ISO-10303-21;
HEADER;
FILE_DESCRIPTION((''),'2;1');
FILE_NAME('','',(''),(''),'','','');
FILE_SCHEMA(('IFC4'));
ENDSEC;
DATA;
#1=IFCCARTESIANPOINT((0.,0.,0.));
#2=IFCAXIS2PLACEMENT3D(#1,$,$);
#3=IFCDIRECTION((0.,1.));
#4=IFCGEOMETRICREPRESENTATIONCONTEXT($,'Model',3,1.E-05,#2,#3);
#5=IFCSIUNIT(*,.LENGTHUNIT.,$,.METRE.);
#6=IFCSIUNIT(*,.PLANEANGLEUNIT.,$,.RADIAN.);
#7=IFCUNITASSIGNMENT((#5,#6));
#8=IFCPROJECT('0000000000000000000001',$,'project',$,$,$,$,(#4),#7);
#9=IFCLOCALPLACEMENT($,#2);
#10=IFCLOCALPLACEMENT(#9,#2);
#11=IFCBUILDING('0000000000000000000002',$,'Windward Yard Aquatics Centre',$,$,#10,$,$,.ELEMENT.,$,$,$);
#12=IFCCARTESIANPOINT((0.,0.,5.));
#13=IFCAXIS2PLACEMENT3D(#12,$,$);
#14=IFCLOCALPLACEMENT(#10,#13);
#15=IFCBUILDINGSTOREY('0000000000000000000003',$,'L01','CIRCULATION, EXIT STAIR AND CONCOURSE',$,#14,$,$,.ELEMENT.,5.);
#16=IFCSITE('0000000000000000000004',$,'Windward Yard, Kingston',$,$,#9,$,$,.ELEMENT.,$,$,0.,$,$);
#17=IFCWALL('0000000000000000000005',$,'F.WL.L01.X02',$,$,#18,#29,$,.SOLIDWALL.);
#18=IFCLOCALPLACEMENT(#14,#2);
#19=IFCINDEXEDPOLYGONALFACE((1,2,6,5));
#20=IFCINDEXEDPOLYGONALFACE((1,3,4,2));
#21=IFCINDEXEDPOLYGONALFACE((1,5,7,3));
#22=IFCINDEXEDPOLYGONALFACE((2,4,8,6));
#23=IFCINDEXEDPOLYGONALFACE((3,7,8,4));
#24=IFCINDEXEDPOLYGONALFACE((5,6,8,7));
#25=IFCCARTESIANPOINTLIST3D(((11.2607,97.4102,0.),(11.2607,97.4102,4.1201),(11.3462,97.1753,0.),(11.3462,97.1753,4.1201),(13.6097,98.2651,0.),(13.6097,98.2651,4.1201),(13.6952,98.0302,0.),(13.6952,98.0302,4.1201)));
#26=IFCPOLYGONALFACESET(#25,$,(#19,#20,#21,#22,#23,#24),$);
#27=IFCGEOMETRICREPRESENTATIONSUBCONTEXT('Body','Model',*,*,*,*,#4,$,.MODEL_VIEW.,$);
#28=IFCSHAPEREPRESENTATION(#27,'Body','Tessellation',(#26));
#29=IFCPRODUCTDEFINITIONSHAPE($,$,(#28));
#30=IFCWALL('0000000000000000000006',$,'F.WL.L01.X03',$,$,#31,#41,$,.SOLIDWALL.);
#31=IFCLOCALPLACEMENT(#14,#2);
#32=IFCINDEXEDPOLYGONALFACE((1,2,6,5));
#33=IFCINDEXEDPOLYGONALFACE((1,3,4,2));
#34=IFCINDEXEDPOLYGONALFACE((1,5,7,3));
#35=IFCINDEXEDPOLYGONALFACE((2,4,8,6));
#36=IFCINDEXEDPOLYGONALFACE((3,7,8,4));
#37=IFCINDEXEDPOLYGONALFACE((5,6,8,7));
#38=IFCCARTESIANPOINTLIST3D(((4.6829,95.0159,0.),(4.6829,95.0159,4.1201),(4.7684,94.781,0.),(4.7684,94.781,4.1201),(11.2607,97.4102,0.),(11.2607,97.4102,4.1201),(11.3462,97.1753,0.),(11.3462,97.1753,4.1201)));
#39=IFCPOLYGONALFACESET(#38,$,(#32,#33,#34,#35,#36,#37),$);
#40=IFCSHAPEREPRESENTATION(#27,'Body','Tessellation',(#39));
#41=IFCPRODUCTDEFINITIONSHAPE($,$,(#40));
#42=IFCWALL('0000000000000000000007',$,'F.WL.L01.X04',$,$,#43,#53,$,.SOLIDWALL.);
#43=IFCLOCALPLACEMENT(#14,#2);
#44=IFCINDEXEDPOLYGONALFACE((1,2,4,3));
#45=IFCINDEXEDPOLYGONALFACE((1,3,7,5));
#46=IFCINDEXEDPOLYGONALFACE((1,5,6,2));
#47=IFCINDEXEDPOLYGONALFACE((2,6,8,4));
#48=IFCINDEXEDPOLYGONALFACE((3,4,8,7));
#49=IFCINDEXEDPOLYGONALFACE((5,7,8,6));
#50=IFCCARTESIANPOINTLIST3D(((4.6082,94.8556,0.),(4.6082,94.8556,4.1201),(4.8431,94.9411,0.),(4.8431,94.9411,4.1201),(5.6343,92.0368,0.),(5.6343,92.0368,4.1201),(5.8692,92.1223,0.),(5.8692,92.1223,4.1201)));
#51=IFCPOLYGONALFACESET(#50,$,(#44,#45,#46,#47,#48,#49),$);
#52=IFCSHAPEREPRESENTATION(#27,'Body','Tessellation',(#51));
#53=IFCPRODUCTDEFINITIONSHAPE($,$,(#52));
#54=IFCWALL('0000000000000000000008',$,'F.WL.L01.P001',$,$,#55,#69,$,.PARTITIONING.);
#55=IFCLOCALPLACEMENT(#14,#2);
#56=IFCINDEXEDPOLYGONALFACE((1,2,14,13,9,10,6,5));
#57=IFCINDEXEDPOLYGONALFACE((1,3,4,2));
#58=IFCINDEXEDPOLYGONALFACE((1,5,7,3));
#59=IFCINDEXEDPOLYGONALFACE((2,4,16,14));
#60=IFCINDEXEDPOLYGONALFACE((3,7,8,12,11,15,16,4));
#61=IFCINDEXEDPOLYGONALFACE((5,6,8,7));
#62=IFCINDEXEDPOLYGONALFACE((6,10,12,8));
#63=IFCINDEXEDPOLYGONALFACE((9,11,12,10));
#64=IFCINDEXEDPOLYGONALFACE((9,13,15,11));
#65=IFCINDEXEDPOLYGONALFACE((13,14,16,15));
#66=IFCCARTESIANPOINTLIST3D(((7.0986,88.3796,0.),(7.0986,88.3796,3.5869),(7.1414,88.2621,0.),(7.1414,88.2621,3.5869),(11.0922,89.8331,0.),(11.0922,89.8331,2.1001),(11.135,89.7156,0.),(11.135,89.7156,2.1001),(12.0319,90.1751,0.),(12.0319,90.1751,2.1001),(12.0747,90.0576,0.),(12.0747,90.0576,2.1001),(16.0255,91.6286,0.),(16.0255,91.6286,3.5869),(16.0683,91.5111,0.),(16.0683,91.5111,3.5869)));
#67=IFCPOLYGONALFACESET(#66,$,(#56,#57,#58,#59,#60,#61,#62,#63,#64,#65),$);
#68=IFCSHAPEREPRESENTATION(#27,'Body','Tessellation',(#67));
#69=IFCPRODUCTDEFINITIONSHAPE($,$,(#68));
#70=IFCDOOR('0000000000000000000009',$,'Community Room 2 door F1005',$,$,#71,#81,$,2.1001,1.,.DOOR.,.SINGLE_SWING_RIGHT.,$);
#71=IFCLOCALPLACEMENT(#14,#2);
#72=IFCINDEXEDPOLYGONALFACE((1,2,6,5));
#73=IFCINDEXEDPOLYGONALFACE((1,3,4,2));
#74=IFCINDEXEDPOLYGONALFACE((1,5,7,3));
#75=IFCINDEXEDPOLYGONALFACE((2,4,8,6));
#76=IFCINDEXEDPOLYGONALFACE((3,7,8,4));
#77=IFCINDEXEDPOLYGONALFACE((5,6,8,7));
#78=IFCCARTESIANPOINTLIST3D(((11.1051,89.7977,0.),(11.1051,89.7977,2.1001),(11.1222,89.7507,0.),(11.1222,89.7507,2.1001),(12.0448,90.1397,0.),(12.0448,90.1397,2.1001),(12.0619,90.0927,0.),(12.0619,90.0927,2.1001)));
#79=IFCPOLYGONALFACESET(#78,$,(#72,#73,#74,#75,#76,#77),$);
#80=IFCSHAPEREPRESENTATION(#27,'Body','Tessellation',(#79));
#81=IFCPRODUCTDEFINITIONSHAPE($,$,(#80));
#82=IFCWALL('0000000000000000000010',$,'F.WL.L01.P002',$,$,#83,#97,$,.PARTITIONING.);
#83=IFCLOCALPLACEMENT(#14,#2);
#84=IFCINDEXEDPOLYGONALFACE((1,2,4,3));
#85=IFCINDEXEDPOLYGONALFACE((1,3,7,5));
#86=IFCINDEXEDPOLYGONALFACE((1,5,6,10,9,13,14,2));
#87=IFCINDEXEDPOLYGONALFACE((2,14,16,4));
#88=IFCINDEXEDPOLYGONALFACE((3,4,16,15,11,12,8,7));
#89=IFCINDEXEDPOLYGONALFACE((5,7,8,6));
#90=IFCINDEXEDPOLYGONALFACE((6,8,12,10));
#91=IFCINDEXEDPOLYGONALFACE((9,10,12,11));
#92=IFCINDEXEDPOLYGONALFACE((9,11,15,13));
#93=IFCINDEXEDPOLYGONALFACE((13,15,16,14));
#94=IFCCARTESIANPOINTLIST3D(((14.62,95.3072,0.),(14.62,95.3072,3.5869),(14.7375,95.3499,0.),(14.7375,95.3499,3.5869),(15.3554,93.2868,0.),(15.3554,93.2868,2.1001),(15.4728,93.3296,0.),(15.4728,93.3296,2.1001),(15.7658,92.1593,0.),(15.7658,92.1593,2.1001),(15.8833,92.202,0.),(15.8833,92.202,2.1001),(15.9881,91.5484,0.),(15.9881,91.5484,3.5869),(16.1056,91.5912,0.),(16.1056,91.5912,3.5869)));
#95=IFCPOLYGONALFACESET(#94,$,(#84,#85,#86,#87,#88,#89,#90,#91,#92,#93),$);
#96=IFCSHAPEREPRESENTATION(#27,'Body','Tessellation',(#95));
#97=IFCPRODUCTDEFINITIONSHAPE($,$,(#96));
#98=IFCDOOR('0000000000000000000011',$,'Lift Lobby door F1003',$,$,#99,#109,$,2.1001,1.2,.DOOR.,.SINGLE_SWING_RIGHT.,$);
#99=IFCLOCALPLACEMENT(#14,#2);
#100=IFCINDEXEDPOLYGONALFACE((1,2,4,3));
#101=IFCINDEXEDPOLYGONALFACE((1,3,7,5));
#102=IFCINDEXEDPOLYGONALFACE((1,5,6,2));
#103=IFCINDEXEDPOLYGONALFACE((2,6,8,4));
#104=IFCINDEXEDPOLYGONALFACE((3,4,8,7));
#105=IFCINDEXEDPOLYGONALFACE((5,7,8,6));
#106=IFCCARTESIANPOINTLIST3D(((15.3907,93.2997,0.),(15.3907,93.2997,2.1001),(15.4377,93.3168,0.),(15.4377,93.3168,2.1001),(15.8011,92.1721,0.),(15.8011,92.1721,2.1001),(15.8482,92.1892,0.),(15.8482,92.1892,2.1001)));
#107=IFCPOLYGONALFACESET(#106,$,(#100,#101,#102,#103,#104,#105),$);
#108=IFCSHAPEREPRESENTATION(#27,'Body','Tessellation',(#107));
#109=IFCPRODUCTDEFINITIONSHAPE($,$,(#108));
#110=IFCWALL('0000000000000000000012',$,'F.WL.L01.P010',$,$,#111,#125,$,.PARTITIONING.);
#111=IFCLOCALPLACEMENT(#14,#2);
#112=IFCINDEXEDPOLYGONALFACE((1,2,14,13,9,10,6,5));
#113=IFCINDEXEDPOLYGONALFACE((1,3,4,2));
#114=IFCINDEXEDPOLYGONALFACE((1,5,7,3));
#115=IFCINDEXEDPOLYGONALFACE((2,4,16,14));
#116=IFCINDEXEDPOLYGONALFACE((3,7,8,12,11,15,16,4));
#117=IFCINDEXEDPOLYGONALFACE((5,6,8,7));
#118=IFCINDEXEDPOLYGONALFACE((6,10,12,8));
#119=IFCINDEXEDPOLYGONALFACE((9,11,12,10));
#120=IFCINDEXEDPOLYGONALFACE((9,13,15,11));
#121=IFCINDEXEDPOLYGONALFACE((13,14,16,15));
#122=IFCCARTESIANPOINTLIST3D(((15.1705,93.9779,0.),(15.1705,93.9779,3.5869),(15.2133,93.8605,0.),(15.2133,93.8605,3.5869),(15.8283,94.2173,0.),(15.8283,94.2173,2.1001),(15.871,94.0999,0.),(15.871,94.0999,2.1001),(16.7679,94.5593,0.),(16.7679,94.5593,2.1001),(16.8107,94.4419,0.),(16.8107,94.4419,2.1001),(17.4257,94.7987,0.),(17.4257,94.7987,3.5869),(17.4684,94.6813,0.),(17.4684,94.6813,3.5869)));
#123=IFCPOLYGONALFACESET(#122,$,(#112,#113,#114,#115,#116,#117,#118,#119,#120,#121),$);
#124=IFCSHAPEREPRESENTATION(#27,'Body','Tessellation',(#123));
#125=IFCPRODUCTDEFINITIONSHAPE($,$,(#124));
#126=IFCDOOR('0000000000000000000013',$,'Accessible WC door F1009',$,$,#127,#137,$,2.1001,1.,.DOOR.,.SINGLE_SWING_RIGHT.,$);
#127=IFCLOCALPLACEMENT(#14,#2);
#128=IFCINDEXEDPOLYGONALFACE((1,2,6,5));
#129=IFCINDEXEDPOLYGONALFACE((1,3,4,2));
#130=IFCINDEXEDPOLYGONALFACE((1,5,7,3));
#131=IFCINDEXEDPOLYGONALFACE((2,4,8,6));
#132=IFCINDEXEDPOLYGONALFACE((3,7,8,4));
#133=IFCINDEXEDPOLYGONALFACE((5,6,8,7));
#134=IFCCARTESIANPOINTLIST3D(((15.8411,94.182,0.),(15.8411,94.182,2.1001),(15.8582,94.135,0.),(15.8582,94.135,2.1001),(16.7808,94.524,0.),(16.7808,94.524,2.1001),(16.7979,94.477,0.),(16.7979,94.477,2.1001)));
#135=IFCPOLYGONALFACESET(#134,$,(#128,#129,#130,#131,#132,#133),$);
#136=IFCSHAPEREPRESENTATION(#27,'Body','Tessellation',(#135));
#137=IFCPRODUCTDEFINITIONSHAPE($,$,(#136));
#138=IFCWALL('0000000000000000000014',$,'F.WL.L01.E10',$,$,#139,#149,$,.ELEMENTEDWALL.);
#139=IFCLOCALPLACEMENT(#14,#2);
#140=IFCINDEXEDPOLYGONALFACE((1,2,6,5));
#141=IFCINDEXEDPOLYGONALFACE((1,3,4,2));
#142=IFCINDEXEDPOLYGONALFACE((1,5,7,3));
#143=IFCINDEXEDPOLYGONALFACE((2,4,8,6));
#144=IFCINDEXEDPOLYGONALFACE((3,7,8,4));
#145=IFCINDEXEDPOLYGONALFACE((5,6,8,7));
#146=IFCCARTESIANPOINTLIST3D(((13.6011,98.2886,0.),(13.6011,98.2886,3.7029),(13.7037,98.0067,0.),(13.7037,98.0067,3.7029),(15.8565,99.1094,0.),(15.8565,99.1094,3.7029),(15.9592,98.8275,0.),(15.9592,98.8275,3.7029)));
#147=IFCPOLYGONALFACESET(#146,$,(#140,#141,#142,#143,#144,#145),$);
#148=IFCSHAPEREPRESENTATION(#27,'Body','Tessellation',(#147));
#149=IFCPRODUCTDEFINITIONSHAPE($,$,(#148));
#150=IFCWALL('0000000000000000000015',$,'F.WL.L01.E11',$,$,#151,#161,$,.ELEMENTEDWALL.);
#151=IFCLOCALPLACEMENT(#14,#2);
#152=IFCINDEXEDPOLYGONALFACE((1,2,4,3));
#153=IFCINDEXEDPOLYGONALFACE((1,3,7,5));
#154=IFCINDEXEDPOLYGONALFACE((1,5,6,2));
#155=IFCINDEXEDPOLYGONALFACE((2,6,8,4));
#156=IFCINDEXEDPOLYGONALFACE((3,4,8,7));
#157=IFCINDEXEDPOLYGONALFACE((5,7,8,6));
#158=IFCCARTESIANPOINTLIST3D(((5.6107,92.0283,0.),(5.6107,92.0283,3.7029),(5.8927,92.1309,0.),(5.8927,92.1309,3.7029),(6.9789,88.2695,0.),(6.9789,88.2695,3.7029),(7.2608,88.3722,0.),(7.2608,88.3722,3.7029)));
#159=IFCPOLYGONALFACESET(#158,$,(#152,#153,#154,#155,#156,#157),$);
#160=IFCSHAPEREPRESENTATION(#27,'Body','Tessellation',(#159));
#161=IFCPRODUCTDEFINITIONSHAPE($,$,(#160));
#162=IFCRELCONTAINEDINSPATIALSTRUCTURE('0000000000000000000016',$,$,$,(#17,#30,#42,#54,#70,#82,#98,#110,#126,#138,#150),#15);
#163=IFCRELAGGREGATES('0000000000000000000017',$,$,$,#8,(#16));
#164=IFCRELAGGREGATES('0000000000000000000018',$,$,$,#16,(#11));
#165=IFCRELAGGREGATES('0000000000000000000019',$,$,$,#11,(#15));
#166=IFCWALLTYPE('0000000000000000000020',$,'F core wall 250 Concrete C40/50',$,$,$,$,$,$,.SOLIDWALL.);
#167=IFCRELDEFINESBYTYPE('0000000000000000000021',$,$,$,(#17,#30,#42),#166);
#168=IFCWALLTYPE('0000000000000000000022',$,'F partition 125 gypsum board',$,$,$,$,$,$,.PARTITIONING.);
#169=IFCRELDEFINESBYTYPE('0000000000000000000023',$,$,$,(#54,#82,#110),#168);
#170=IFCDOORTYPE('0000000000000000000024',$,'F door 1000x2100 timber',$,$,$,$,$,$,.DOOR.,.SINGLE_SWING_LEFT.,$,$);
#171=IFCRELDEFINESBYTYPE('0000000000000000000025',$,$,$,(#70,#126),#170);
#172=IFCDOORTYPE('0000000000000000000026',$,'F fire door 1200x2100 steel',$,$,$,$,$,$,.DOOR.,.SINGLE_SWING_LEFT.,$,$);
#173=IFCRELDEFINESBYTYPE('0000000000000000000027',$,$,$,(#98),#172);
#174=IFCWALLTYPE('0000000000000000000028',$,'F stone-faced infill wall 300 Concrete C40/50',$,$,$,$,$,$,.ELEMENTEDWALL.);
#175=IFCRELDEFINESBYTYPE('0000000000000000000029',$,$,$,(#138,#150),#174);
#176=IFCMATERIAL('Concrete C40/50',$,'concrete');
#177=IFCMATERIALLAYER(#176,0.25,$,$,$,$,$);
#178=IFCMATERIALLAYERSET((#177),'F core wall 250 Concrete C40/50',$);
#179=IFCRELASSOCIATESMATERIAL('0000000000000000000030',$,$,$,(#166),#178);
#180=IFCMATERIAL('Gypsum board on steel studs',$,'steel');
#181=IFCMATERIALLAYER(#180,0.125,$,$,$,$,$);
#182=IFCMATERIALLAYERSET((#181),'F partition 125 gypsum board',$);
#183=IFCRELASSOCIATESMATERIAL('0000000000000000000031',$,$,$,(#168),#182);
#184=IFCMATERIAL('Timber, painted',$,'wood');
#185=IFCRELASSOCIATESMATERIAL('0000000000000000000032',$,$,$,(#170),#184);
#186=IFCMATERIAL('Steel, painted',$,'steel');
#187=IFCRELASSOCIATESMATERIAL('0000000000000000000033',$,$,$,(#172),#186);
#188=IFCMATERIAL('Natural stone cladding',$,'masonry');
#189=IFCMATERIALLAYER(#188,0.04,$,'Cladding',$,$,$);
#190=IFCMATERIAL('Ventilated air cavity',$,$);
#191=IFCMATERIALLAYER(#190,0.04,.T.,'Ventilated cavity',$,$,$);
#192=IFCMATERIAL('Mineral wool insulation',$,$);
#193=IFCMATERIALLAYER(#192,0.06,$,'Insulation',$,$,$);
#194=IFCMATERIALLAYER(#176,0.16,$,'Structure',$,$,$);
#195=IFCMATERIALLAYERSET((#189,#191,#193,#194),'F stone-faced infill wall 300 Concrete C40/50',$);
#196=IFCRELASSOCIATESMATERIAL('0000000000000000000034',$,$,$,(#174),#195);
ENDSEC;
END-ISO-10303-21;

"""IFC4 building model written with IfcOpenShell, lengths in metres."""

from ifc_helpers import new_model, si_unit, direction, frame, frame_2d, origin, place, context, subcontext, project, spatial, rectangle, extrude, material, layer, layer_set, type_object, element, fill, save


model = new_model("IFC4")

# Units and contexts
model_context = context("Model", 3, precision=1e-05, world=origin(), true_north=direction((0.0, 1.0)))
body_context = subcontext(model_context, "Body", "Model", "MODEL_VIEW")
ifc_project = project(units=[si_unit("LENGTHUNIT", "METRE"), si_unit("PLANEANGLEUNIT", "RADIAN")], contexts=[model_context])

# Site, building, storey
site_placement = place(None, origin())
site = spatial("IfcSite", under=ifc_project, at=site_placement, Name="Windward Yard, Kingston", CompositionType="ELEMENT", RefElevation=0.0)
building_placement = place(site_placement, origin())
building = spatial("IfcBuilding", under=site, at=building_placement, Name="Windward Yard Aquatics Centre", CompositionType="ELEMENT")
storey_placement = place(building_placement, frame((0.0, 0.0, 5.0)))
storey = spatial("IfcBuildingStorey", under=building, at=storey_placement, Name="L01", Description="CIRCULATION, EXIT STAIR AND CONCOURSE", CompositionType="ELEMENT", Elevation=5.0)

# Shared definitions
ifc_material_1 = material(Name="Concrete C40/50", Category="concrete")
ifc_layer_1 = layer(ifc_material_1, 0.25)
ifc_layer_set_1 = layer_set([ifc_layer_1], Name="F core wall 250 Concrete C40/50")
wall_type_1 = type_object("IfcWallType", Name="F core wall 250 Concrete C40/50", PredefinedType="SOLIDWALL", material=ifc_layer_set_1)
ifc_material_2 = material(Name="Steel, painted", Category="steel")

# Walls
wall_1_placement = place(storey_placement, frame((13.6526, 98.1477, 0.0), z_axis=(0.0, 0.0, 1.0), x_axis=(-0.939696, -0.34201, 0.0)))
element("IfcWall", 1, at=wall_1_placement, inside=storey, type_object=wall_type_1, Name="F.WL.L01.X02", PredefinedType="SOLIDWALL", context=body_context, shape_type="SweptSolid", body=[
    extrude(rectangle(XDim=2.4998, YDim=0.25, at=frame_2d((1.25, 0.0))), origin(), (0.0, 0.0, 1.0), 4.1201),
])
wall_2_placement = place(storey_placement, frame((11.3035, 97.2927, 0.0), z_axis=(0.0, 0.0, 1.0), x_axis=(-0.939686, -0.342037, 0.0)))
element("IfcWall", 2, at=wall_2_placement, inside=storey, type_object=wall_type_1, Name="F.WL.L01.X03", PredefinedType="SOLIDWALL", context=body_context, shape_type="SweptSolid", body=[
    extrude(rectangle(XDim=7.0, YDim=0.25, at=frame_2d((3.5, 0.0))), origin(), (0.0, 0.0, 1.0), 4.1201),
])
wall_3_placement = place(storey_placement, frame((4.7256, 94.8984, 0.0), z_axis=(0.0, 0.0, 1.0), x_axis=(0.342063, -0.939677, 0.0)))
element("IfcWall", 3, at=wall_3_placement, inside=storey, type_object=wall_type_1, Name="F.WL.L01.X04", PredefinedType="SOLIDWALL", context=body_context, shape_type="SweptSolid", body=[
    extrude(rectangle(XDim=2.9998, YDim=0.25, at=frame_2d((1.5, 0.0))), origin(), (0.0, 0.0, 1.0), 4.1201),
])

# Walls, openings, doors
ifc_material_3 = material(Name="Gypsum board on steel studs", Category="steel")
ifc_layer_2 = layer(ifc_material_3, 0.125)
ifc_layer_set_2 = layer_set([ifc_layer_2], Name="F partition 125 gypsum board")
wall_type_2 = type_object("IfcWallType", Name="F partition 125 gypsum board", PredefinedType="PARTITIONING", material=ifc_layer_set_2)
wall_4_placement = place(storey_placement, frame((7.1199, 88.3208, 0.0), z_axis=(0.0, 0.0, 1.0), x_axis=(0.939697, 0.342007, 0.0)))
wall_4 = element("IfcWall", 4, at=wall_4_placement, inside=storey, type_object=wall_type_2, Name="F.WL.L01.P001", PredefinedType="PARTITIONING", context=body_context, shape_type="SweptSolid", body=[
    extrude(rectangle(XDim=9.4998, YDim=0.125, at=frame_2d((4.75, 0.0))), origin(), (0.0, 0.0, 1.0), 3.5869),
])
opening_1_placement = place(wall_4_placement, frame((4.25, 0.0, 0.0)))
opening_1 = element("IfcOpeningElement", 5, at=opening_1_placement, cuts=wall_4, PredefinedType="OPENING", context=body_context, shape_type="SweptSolid", body=[
    extrude(rectangle(XDim=1.0, YDim=2.1001, at=frame_2d((0.5, 1.05))), frame((0.0, 0.0725, 0.0), z_axis=(0.0, -1.0, 0.0), x_axis=(1.0, 0.0, 0.0)), (0.0, 0.0, 1.0), 0.145),
])
ifc_material_4 = material(Name="Timber, painted", Category="wood")
door_type_1 = type_object("IfcDoorType", Name="F door 1000x2100 timber", OperationType="SINGLE_SWING_LEFT", PredefinedType="DOOR", material=ifc_material_4)
door_1_placement = place(opening_1_placement, origin())
door_1 = element("IfcDoor", 6, at=door_1_placement, inside=storey, type_object=door_type_1, Name="Community Room 2 door F1005", OperationType="SINGLE_SWING_RIGHT", OverallHeight=2.1001, OverallWidth=1.0, PredefinedType="DOOR", context=body_context, shape_type="SweptSolid", body=[
    extrude(rectangle(XDim=1.0, YDim=2.1001, at=frame_2d((0.5, 1.05))), frame((0.0, 0.0249, 0.0), z_axis=(0.0, -1.0, 0.0), x_axis=(1.0, 0.0, 0.0)), (0.0, 0.0, 1.0), 0.05),
])
fill(opening_1, door_1)
wall_5_placement = place(storey_placement, frame((16.0469, 91.5698, 0.0), z_axis=(0.0, 0.0, 1.0), x_axis=(-0.342037, 0.939686, 0.0)))
wall_5 = element("IfcWall", 7, at=wall_5_placement, inside=storey, type_object=wall_type_2, Name="F.WL.L01.P002", PredefinedType="PARTITIONING", context=body_context, shape_type="SweptSolid", body=[
    extrude(rectangle(XDim=4.0, YDim=0.125, at=frame_2d((2.0, 0.0))), origin(), (0.0, 0.0, 1.0), 3.5869),
])
opening_2_placement = place(wall_5_placement, frame((0.6499, 0.0, 0.0)))
opening_2 = element("IfcOpeningElement", 8, at=opening_2_placement, cuts=wall_5, PredefinedType="OPENING", context=body_context, shape_type="SweptSolid", body=[
    extrude(rectangle(XDim=1.2, YDim=2.1001, at=frame_2d((0.6001, 1.05))), frame((0.0, 0.0725, 0.0), z_axis=(0.0, -1.0, 0.0), x_axis=(1.0, 0.0, 0.0)), (0.0, 0.0, 1.0), 0.145),
])
door_type_2 = type_object("IfcDoorType", Name="F fire door 1200x2100 steel", OperationType="SINGLE_SWING_LEFT", PredefinedType="DOOR", material=ifc_material_2)
door_2_placement = place(opening_2_placement, origin())
door_2 = element("IfcDoor", 9, at=door_2_placement, inside=storey, type_object=door_type_2, Name="Lift Lobby door F1003", OperationType="SINGLE_SWING_RIGHT", OverallHeight=2.1001, OverallWidth=1.2, PredefinedType="DOOR", context=body_context, shape_type="SweptSolid", body=[
    extrude(rectangle(XDim=1.2, YDim=2.1001, at=frame_2d((0.6001, 1.05))), frame((0.0, 0.0249, 0.0), z_axis=(0.0, -1.0, 0.0), x_axis=(1.0, 0.0, 0.0)), (0.0, 0.0, 1.0), 0.05),
])
fill(opening_2, door_2)
wall_6_placement = place(storey_placement, frame((15.1919, 93.9192, 0.0), z_axis=(0.0, 0.0, 1.0), x_axis=(0.939692, 0.342021, 0.0)))
wall_6 = element("IfcWall", 10, at=wall_6_placement, inside=storey, type_object=wall_type_2, Name="F.WL.L01.P010", PredefinedType="PARTITIONING", context=body_context, shape_type="SweptSolid", body=[
    extrude(rectangle(XDim=2.3999, YDim=0.125, at=frame_2d((1.2, 0.0))), origin(), (0.0, 0.0, 1.0), 3.5869),
])
opening_3_placement = place(wall_6_placement, frame((0.7, 0.0, 0.0)))
opening_3 = element("IfcOpeningElement", 11, at=opening_3_placement, cuts=wall_6, PredefinedType="OPENING", context=body_context, shape_type="SweptSolid", body=[
    extrude(rectangle(XDim=1.0, YDim=2.1001, at=frame_2d((0.5, 1.05))), frame((0.0, 0.0725, 0.0), z_axis=(0.0, -1.0, 0.0), x_axis=(1.0, 0.0, 0.0)), (0.0, 0.0, 1.0), 0.145),
])
door_3_placement = place(opening_3_placement, origin())
door_3 = element("IfcDoor", 12, at=door_3_placement, inside=storey, type_object=door_type_1, Name="Accessible WC door F1009", OperationType="SINGLE_SWING_RIGHT", OverallHeight=2.1001, OverallWidth=1.0, PredefinedType="DOOR", context=body_context, shape_type="SweptSolid", body=[
    extrude(rectangle(XDim=1.0, YDim=2.1001, at=frame_2d((0.5, 1.05))), frame((0.0, 0.0249, 0.0), z_axis=(0.0, -1.0, 0.0), x_axis=(1.0, 0.0, 0.0)), (0.0, 0.0, 1.0), 0.05),
])
fill(opening_3, door_3)

# Walls
ifc_material_5 = material(Name="Natural stone cladding", Category="masonry")
ifc_layer_3 = layer(ifc_material_5, 0.04, Name="Cladding")
ifc_material_6 = material(Name="Ventilated air cavity")
ifc_layer_4 = layer(ifc_material_6, 0.04, ventilated=True, Name="Ventilated cavity")
ifc_material_7 = material(Name="Mineral wool insulation")
ifc_layer_5 = layer(ifc_material_7, 0.06, Name="Insulation")
ifc_layer_6 = layer(ifc_material_1, 0.16, Name="Structure")
ifc_layer_set_3 = layer_set([ifc_layer_3, ifc_layer_4, ifc_layer_5, ifc_layer_6], Name="F stone-faced infill wall 300 Concrete C40/50")
wall_type_3 = type_object("IfcWallType", Name="F stone-faced infill wall 300 Concrete C40/50", PredefinedType="ELEMENTEDWALL", material=ifc_layer_set_3)
wall_7_placement = place(storey_placement, frame((15.908, 98.9685, 0.0), z_axis=(0.0, 0.0, 1.0), x_axis=(-0.939704, -0.341988, 0.0)))
element("IfcWall", 13, at=wall_7_placement, inside=storey, type_object=wall_type_3, Name="F.WL.L01.E10", PredefinedType="ELEMENTEDWALL", context=body_context, shape_type="SweptSolid", body=[
    extrude(rectangle(XDim=2.4001, YDim=0.3, at=frame_2d((1.2002, 0.0))), origin(), (0.0, 0.0, 1.0), 3.7029),
])
wall_8_placement = place(storey_placement, frame((5.7517, 92.0796, 0.0), z_axis=(0.0, 0.0, 1.0), x_axis=(0.342037, -0.939686, 0.0)))
element("IfcWall", 14, at=wall_8_placement, inside=storey, type_object=wall_type_3, Name="F.WL.L01.E11", PredefinedType="ELEMENTEDWALL", context=body_context, shape_type="SweptSolid", body=[
    extrude(rectangle(XDim=4.0, YDim=0.3, at=frame_2d((2.0, 0.0))), origin(), (0.0, 0.0, 1.0), 3.7029),
])

save(model, "model.ifc")
